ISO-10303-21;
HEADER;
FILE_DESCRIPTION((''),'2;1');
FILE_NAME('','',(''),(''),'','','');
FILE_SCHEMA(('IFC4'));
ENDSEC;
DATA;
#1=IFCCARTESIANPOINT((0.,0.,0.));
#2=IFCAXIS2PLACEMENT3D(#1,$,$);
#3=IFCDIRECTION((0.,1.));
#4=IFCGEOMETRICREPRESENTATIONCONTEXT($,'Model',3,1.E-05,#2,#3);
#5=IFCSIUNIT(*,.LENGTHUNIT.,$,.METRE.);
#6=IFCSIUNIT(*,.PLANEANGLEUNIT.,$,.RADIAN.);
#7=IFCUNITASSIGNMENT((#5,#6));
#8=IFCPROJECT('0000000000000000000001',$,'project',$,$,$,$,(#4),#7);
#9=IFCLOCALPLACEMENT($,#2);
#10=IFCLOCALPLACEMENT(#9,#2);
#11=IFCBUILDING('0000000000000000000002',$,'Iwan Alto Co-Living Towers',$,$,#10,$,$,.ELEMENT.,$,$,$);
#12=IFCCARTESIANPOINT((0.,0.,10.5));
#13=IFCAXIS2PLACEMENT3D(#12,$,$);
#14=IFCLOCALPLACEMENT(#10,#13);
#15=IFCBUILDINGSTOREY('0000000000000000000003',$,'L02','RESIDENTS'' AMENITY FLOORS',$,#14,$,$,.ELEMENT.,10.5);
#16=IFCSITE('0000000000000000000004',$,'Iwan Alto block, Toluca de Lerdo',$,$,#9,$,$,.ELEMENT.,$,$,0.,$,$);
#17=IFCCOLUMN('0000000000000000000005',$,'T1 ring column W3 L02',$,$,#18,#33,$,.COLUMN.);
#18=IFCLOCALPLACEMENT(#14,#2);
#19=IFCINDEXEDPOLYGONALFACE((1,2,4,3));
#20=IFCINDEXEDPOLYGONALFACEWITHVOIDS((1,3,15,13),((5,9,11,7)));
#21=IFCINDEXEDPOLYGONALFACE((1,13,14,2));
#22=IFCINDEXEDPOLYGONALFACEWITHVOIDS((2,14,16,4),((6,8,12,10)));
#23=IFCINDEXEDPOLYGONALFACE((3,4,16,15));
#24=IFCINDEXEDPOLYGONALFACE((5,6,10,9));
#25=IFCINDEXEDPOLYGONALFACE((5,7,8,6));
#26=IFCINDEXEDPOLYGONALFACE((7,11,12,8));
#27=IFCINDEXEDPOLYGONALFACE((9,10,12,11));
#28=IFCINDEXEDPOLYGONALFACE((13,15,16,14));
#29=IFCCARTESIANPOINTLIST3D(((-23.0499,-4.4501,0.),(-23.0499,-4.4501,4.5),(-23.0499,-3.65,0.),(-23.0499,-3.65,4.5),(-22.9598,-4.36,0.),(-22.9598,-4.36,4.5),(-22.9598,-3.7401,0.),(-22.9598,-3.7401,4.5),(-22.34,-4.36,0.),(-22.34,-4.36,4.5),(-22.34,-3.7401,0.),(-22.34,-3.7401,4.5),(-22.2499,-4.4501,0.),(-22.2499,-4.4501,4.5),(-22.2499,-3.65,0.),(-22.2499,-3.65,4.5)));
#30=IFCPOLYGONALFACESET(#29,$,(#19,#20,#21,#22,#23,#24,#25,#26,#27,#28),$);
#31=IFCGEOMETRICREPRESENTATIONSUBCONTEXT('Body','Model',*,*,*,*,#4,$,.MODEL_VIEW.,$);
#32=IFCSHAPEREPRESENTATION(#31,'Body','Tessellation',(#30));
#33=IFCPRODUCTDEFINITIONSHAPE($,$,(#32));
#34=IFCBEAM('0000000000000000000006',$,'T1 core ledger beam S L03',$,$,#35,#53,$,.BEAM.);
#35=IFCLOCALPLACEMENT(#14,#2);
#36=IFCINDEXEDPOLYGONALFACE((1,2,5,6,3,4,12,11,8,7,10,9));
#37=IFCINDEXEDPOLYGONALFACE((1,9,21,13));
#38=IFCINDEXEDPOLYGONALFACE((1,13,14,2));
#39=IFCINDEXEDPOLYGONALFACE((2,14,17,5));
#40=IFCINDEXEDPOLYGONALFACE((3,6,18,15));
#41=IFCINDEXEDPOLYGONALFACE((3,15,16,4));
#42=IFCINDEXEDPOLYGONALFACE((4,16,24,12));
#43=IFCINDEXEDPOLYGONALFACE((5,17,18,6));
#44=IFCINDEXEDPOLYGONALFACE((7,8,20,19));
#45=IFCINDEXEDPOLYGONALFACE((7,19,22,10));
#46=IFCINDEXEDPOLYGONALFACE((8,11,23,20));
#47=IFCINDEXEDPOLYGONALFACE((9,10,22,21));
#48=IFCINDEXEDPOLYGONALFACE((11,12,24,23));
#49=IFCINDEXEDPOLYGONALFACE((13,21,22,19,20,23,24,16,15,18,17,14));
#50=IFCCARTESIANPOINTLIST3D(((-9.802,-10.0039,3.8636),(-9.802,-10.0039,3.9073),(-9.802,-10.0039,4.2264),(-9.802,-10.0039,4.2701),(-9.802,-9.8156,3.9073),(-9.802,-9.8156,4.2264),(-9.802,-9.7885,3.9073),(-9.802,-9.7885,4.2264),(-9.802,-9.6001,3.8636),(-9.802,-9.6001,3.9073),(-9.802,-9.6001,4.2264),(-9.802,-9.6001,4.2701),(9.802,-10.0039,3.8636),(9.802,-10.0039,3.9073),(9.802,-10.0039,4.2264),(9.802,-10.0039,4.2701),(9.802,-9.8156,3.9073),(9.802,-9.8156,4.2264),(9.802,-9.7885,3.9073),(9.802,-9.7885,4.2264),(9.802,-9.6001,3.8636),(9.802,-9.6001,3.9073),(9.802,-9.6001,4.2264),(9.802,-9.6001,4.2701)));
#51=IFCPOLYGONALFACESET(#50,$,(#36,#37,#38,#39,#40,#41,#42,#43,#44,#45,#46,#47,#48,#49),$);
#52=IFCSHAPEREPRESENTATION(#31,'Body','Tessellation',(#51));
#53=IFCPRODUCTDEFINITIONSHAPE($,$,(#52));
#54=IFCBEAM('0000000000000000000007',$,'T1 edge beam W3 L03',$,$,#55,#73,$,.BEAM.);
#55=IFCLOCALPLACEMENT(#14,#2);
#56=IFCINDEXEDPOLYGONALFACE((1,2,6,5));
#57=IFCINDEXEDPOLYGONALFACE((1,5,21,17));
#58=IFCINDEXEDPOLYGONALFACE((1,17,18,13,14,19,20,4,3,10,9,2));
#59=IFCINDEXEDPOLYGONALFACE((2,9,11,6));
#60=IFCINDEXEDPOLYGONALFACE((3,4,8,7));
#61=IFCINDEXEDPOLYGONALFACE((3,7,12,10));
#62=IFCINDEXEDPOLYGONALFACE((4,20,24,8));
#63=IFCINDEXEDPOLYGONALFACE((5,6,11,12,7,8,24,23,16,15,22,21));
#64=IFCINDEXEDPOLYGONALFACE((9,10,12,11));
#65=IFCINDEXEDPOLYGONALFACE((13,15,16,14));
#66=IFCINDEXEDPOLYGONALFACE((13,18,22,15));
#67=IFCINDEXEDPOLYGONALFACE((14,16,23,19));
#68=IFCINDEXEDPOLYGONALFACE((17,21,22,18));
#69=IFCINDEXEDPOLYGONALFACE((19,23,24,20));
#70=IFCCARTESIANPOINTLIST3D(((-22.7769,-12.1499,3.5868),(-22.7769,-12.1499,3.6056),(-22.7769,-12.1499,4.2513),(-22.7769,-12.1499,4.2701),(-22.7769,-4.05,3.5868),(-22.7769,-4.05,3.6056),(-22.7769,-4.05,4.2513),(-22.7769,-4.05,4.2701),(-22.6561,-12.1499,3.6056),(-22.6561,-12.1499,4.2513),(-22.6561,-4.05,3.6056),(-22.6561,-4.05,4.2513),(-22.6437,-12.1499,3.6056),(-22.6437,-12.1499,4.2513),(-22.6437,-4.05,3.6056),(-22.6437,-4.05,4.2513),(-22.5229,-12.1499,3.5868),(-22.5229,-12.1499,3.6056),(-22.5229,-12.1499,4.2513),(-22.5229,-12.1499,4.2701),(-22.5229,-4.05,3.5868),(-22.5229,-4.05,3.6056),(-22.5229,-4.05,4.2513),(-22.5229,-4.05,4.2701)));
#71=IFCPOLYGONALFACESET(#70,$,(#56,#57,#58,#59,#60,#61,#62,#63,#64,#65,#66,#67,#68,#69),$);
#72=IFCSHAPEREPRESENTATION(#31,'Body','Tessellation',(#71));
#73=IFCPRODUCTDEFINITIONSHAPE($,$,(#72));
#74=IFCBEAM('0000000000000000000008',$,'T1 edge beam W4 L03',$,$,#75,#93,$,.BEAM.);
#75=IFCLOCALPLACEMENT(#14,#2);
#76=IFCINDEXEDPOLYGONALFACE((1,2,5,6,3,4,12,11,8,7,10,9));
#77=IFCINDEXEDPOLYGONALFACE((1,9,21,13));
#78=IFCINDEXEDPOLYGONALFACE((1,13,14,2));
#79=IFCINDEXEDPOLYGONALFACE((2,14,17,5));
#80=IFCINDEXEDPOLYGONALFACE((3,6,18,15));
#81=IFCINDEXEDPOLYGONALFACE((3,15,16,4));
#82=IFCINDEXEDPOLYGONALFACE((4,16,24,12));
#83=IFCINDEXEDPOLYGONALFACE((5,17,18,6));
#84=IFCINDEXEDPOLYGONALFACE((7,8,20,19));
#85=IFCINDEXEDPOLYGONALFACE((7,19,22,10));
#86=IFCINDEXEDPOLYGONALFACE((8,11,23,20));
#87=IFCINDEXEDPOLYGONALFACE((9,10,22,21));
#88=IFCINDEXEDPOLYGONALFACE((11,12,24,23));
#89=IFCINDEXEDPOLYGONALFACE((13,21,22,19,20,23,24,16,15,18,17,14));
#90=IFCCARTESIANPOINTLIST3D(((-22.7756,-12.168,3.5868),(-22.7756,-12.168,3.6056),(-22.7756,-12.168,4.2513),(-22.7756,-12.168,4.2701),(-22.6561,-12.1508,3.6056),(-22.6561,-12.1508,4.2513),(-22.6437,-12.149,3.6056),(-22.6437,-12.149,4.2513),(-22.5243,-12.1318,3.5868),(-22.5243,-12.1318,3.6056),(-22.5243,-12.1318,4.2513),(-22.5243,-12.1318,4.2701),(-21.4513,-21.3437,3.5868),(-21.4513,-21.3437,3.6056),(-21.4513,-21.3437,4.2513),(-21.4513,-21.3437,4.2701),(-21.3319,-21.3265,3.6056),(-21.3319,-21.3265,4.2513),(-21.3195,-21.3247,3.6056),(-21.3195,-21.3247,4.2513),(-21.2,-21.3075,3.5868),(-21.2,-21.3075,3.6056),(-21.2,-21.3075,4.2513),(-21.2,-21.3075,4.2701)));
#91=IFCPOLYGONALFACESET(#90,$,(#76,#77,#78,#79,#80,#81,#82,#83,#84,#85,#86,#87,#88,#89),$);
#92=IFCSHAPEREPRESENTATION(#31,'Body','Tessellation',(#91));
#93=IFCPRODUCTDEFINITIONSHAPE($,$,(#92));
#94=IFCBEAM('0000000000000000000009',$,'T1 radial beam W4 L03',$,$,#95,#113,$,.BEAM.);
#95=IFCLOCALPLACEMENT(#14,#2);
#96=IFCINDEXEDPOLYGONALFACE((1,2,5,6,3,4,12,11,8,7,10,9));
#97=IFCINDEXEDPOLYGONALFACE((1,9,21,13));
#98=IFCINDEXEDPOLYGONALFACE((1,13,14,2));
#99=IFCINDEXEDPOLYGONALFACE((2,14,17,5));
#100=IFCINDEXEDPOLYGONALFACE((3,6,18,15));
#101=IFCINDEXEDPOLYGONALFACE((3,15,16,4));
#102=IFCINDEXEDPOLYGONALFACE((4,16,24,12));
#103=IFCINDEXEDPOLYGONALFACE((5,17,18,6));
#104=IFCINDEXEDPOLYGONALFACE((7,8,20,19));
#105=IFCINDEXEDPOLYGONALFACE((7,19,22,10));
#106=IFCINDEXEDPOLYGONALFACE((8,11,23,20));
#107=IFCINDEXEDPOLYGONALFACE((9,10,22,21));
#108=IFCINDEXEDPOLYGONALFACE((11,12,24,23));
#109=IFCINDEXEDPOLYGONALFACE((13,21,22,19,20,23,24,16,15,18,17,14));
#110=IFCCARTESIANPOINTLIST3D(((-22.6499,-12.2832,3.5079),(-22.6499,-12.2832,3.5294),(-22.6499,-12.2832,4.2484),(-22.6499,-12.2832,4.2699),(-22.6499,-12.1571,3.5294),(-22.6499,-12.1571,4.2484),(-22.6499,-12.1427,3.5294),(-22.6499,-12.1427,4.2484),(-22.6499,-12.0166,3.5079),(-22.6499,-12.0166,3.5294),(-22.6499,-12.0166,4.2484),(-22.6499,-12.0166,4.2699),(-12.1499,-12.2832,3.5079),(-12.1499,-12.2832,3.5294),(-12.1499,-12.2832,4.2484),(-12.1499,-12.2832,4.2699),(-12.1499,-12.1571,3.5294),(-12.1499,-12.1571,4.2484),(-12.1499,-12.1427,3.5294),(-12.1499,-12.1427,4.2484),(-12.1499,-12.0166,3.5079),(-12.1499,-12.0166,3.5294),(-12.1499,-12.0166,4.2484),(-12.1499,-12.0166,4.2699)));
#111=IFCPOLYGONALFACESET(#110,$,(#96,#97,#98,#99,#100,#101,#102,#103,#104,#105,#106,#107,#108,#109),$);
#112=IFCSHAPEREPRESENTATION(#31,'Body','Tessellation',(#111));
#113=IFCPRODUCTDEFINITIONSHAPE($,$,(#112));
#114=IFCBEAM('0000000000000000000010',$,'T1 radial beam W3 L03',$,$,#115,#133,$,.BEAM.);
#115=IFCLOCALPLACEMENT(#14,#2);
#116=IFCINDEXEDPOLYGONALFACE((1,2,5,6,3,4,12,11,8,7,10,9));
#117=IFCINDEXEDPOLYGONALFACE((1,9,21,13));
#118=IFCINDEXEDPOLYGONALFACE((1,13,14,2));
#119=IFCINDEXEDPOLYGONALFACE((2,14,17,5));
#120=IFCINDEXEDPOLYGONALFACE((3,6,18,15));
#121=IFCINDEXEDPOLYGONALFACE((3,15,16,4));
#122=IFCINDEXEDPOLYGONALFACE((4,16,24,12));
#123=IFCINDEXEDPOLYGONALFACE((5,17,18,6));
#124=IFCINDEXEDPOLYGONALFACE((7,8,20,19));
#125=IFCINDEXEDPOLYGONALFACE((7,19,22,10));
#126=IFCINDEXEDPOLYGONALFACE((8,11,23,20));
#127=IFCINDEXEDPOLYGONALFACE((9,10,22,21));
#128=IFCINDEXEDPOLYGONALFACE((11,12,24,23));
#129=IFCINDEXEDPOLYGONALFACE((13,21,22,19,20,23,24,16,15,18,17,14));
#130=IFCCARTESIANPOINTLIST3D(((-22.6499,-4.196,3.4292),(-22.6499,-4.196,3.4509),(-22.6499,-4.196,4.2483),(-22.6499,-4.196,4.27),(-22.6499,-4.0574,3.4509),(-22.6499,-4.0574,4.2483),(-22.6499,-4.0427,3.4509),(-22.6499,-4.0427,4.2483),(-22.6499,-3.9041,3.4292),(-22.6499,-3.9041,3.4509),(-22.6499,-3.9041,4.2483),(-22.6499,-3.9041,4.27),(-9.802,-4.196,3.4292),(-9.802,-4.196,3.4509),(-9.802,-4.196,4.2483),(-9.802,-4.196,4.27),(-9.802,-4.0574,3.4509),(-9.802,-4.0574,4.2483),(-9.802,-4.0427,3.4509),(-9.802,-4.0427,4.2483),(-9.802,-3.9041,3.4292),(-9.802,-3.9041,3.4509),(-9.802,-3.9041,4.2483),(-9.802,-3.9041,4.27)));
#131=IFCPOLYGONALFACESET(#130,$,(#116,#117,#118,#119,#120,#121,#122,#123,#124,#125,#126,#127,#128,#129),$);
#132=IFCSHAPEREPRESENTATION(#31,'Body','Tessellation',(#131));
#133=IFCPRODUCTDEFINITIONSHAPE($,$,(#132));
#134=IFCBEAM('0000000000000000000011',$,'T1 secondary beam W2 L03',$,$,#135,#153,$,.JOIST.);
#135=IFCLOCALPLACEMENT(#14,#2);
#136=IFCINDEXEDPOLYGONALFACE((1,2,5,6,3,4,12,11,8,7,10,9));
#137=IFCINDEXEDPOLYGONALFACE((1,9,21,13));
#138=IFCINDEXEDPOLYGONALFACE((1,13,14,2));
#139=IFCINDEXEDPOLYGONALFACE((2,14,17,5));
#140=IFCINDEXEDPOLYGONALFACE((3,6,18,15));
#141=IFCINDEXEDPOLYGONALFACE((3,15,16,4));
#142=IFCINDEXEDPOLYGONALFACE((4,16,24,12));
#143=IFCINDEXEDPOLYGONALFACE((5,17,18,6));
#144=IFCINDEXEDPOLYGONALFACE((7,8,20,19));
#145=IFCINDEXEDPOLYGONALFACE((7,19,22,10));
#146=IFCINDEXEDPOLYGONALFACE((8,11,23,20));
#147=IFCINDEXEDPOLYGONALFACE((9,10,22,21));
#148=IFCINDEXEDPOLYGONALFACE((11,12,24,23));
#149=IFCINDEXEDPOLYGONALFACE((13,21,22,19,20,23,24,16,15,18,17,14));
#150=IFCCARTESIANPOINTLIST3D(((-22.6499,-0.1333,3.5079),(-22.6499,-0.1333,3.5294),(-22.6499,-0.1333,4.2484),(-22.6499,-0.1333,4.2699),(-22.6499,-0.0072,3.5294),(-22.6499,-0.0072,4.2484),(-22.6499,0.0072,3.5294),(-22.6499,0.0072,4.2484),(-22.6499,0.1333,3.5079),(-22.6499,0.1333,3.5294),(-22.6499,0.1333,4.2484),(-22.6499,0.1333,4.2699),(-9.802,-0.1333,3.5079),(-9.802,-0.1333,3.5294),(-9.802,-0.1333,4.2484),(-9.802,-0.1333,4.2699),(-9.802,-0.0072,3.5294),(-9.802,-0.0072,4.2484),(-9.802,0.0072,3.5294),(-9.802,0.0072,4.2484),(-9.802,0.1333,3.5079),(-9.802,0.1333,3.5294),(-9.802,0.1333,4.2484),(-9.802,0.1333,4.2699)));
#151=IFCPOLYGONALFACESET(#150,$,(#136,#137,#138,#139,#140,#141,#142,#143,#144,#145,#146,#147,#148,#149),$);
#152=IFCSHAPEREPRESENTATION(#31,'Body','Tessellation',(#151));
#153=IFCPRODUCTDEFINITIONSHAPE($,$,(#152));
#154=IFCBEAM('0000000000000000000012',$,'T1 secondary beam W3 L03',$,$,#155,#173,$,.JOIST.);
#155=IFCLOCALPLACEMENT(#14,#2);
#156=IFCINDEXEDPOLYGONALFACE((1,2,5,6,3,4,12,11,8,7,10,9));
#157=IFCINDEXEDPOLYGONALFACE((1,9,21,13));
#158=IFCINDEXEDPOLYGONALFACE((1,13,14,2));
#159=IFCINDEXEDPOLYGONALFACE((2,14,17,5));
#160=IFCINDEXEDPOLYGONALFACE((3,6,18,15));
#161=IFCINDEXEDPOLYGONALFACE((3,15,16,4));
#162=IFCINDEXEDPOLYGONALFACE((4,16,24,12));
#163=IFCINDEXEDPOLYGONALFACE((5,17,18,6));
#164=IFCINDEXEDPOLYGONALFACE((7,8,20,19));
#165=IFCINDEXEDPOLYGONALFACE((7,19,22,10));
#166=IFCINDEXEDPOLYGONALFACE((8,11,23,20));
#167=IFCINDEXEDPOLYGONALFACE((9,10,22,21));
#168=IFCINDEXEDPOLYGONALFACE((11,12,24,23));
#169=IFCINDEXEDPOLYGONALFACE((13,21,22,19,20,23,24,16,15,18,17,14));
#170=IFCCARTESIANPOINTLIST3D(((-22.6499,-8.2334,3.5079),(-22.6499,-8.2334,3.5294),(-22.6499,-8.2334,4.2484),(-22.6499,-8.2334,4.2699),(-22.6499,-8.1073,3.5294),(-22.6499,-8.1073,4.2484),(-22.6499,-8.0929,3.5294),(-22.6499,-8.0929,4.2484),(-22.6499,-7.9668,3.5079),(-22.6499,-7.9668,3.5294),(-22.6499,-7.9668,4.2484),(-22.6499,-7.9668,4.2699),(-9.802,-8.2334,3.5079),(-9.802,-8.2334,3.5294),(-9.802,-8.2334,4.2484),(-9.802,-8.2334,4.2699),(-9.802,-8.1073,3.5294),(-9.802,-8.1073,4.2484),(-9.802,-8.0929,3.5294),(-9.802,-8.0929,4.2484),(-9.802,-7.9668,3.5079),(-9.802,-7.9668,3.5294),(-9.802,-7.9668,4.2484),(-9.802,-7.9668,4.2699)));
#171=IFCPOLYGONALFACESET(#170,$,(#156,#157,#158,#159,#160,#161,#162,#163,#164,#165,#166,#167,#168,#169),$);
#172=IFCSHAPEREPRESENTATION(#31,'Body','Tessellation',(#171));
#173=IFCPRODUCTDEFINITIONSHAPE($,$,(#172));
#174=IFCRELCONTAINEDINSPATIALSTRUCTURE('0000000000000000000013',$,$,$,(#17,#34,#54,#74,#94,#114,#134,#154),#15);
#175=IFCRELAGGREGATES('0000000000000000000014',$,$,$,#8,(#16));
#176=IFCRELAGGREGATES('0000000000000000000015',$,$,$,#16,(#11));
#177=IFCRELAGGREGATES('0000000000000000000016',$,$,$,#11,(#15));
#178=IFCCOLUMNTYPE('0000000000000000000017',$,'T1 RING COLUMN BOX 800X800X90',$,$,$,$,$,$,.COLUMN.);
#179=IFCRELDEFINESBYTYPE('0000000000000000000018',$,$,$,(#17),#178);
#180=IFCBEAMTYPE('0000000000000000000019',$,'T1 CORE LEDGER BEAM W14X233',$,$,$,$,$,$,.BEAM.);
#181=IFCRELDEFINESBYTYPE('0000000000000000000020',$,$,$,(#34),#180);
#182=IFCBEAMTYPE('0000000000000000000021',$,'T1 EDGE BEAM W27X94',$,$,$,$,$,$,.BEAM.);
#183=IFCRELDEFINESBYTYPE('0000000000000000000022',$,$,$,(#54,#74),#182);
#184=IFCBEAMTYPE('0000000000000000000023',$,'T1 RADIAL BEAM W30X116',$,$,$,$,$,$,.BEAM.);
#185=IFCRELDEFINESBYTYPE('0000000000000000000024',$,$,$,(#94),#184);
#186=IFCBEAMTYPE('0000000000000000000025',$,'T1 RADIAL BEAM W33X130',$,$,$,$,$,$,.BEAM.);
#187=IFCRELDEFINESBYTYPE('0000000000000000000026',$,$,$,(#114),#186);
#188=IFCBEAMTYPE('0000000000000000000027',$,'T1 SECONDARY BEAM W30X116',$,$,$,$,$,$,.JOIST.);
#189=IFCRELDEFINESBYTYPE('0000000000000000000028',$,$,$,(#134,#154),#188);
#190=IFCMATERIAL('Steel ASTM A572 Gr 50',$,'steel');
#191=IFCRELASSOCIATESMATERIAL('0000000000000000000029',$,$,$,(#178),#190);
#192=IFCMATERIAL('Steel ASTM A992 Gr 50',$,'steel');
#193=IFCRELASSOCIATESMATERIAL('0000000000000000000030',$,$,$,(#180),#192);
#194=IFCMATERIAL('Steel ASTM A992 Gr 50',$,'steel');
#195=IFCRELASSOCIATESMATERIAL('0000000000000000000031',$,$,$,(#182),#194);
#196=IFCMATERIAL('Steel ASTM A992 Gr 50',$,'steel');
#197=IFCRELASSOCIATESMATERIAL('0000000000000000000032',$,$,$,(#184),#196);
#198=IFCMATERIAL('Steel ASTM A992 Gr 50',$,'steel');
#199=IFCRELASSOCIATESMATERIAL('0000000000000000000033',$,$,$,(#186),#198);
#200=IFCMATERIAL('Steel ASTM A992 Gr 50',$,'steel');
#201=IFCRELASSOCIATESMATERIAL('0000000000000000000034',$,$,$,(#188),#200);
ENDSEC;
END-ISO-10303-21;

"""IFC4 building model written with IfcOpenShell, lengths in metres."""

from ifc_helpers import new_model, si_unit, direction, frame, origin, origin_2d, place, context, subcontext, project, spatial, hollow_rectangle, i_section, extrude, material, material_profile, profile_set, type_object, element, save


model = new_model("IFC4")

# Units and contexts
model_context = context("Model", 3, precision=1e-05, world=origin(), true_north=direction((0.0, 1.0)))
body_context = subcontext(model_context, "Body", "Model", "MODEL_VIEW")
ifc_project = project(units=[si_unit("LENGTHUNIT", "METRE"), si_unit("PLANEANGLEUNIT", "RADIAN")], contexts=[model_context])

# Site, building, storey
site_placement = place(None, origin())
site = spatial("IfcSite", under=ifc_project, at=site_placement, Name="Iwan Alto block, Toluca de Lerdo", CompositionType="ELEMENT", RefElevation=0.0)
building_placement = place(site_placement, origin())
building = spatial("IfcBuilding", under=site, at=building_placement, Name="Iwan Alto Co-Living Towers", CompositionType="ELEMENT")
storey_placement = place(building_placement, frame((0.0, 0.0, 10.5)))
storey = spatial("IfcBuildingStorey", under=building, at=storey_placement, Name="L02", Description="RESIDENTS' AMENITY FLOORS", CompositionType="ELEMENT", Elevation=10.5)

# Column
ifc_material_1 = material(Name="Steel ASTM A572 Gr 50", Category="steel")
ifc_material_profile_1 = material_profile(ifc_material_1, hollow_rectangle(XDim=0.8, YDim=0.8, WallThickness=0.0901, at=origin_2d()), Name="BOX 800X800X90")
ifc_profile_set_1 = profile_set([ifc_material_profile_1], Name="Steel ASTM A572 Gr 50")
column_type = type_object("IfcColumnType", Name="T1 RING COLUMN BOX 800X800X90", PredefinedType="COLUMN", material=ifc_profile_set_1)
column_placement = place(storey_placement, frame((-22.6499, -4.05, 0.0), z_axis=(0.0, 0.0, 1.0), x_axis=(1.0, 0.0, 0.0)))
element("IfcColumn", 1, at=column_placement, inside=storey, type_object=column_type, Name="T1 ring column W3 L02", PredefinedType="COLUMN", context=body_context, shape_type="SweptSolid", body=[
    extrude(hollow_rectangle(XDim=0.8, YDim=0.8, WallThickness=0.0901, at=origin_2d()), origin(), (0.0, 0.0, 1.0), 4.5),
])

# Beams
ifc_material_2 = material(Name="Steel ASTM A992 Gr 50", Category="steel")
ifc_material_profile_2 = material_profile(ifc_material_2, i_section(OverallWidth=0.4038, OverallDepth=0.4065, WebThickness=0.0271, FlangeThickness=0.0437, at=origin_2d()), Name="W14X233")
ifc_profile_set_2 = profile_set([ifc_material_profile_2], Name="Steel ASTM A992 Gr 50")
beam_type_1 = type_object("IfcBeamType", Name="T1 CORE LEDGER BEAM W14X233", PredefinedType="BEAM", material=ifc_profile_set_2)
beam_1_placement = place(storey_placement, frame((-9.802, -9.802, 4.0669), z_axis=(1.0, 0.0, 0.0), x_axis=(0.0, 1.0, 0.0)))
element("IfcBeam", 2, at=beam_1_placement, inside=storey, type_object=beam_type_1, Name="T1 core ledger beam S L03", PredefinedType="BEAM", context=body_context, shape_type="SweptSolid", body=[
    extrude(i_section(OverallWidth=0.4038, OverallDepth=0.4065, WebThickness=0.0271, FlangeThickness=0.0437, at=origin_2d()), origin(), (0.0, 0.0, 1.0), 19.604),
])
ifc_material_3 = material(Name="Steel ASTM A992 Gr 50", Category="steel")
ifc_material_profile_3 = material_profile(ifc_material_3, i_section(OverallWidth=0.2539, OverallDepth=0.6833, WebThickness=0.0125, FlangeThickness=0.0188, at=origin_2d()), Name="W27X94")
ifc_profile_set_3 = profile_set([ifc_material_profile_3], Name="Steel ASTM A992 Gr 50")
beam_type_2 = type_object("IfcBeamType", Name="T1 EDGE BEAM W27X94", PredefinedType="BEAM", material=ifc_profile_set_3)
beam_2_placement = place(storey_placement, frame((-22.6499, -4.05, 3.9285), z_axis=(0.0, -1.0, 0.0), x_axis=(1.0, 0.0, 0.0)))
element("IfcBeam", 3, at=beam_2_placement, inside=storey, type_object=beam_type_2, Name="T1 edge beam W3 L03", PredefinedType="BEAM", context=body_context, shape_type="SweptSolid", body=[
    extrude(i_section(OverallWidth=0.2539, OverallDepth=0.6833, WebThickness=0.0125, FlangeThickness=0.0188, at=origin_2d()), origin(), (0.0, 0.0, 1.0), 8.0999),
])
beam_3_placement = place(storey_placement, frame((-22.6499, -12.1499, 3.9285), z_axis=(0.142837, -0.989746, 0.0), x_axis=(0.989746, 0.142837, 0.0)))
element("IfcBeam", 4, at=beam_3_placement, inside=storey, type_object=beam_type_2, Name="T1 edge beam W4 L03", PredefinedType="BEAM", context=body_context, shape_type="SweptSolid", body=[
    extrude(i_section(OverallWidth=0.2539, OverallDepth=0.6833, WebThickness=0.0125, FlangeThickness=0.0188, at=origin_2d()), origin(), (0.0, 0.0, 1.0), 9.2708),
])
ifc_material_4 = material(Name="Steel ASTM A992 Gr 50", Category="steel")
ifc_material_profile_4 = material_profile(ifc_material_4, i_section(OverallWidth=0.2666, OverallDepth=0.762, WebThickness=0.0144, FlangeThickness=0.0215, at=origin_2d()), Name="W30X116")
ifc_profile_set_4 = profile_set([ifc_material_profile_4], Name="Steel ASTM A992 Gr 50")
beam_type_3 = type_object("IfcBeamType", Name="T1 RADIAL BEAM W30X116", PredefinedType="BEAM", material=ifc_profile_set_4)
beam_4_placement = place(storey_placement, frame((-22.6499, -12.1499, 3.8889), z_axis=(1.0, 0.0, 0.0), x_axis=(0.0, 1.0, 0.0)))
element("IfcBeam", 5, at=beam_4_placement, inside=storey, type_object=beam_type_3, Name="T1 radial beam W4 L03", PredefinedType="BEAM", context=body_context, shape_type="SweptSolid", body=[
    extrude(i_section(OverallWidth=0.2666, OverallDepth=0.762, WebThickness=0.0144, FlangeThickness=0.0215, at=origin_2d()), origin(), (0.0, 0.0, 1.0), 10.5),
])
ifc_material_5 = material(Name="Steel ASTM A992 Gr 50", Category="steel")
ifc_material_profile_5 = material_profile(ifc_material_5, i_section(OverallWidth=0.292, OverallDepth=0.8408, WebThickness=0.0146, FlangeThickness=0.0217, at=origin_2d()), Name="W33X130")
ifc_profile_set_5 = profile_set([ifc_material_profile_5], Name="Steel ASTM A992 Gr 50")
beam_type_4 = type_object("IfcBeamType", Name="T1 RADIAL BEAM W33X130", PredefinedType="BEAM", material=ifc_profile_set_5)
beam_5_placement = place(storey_placement, frame((-22.6499, -4.05, 3.8496), z_axis=(1.0, 0.0, 0.0), x_axis=(0.0, 1.0, 0.0)))
element("IfcBeam", 6, at=beam_5_placement, inside=storey, type_object=beam_type_4, Name="T1 radial beam W3 L03", PredefinedType="BEAM", context=body_context, shape_type="SweptSolid", body=[
    extrude(i_section(OverallWidth=0.292, OverallDepth=0.8408, WebThickness=0.0146, FlangeThickness=0.0217, at=origin_2d()), origin(), (0.0, 0.0, 1.0), 12.8479),
])
ifc_material_6 = material(Name="Steel ASTM A992 Gr 50", Category="steel")
ifc_material_profile_6 = material_profile(ifc_material_6, i_section(OverallWidth=0.2666, OverallDepth=0.762, WebThickness=0.0144, FlangeThickness=0.0215, at=origin_2d()), Name="W30X116")
ifc_profile_set_6 = profile_set([ifc_material_profile_6], Name="Steel ASTM A992 Gr 50")
beam_type_5 = type_object("IfcBeamType", Name="T1 SECONDARY BEAM W30X116", PredefinedType="JOIST", material=ifc_profile_set_6)
for number, where, z_axis, x_axis, name in (
    (7, (-22.6499, 0.0, 3.8889), (1.0, 0.0, 0.0), (0.0, 1.0, 0.0), "T1 secondary beam W2 L03"),
    (8, (-22.6499, -8.1001, 3.8889), (1.0, 0.0, 0.0), (0.0, 1.0, 0.0), "T1 secondary beam W3 L03"),
):
    element("IfcBeam", number, at=place(storey_placement, frame(where, z_axis=z_axis, x_axis=x_axis)), inside=storey, type_object=beam_type_5, Name=name, PredefinedType="JOIST", context=body_context, shape_type="SweptSolid", body=[
        extrude(i_section(OverallWidth=0.2666, OverallDepth=0.762, WebThickness=0.0144, FlangeThickness=0.0215, at=origin_2d()), origin(), (0.0, 0.0, 1.0), 12.8479),
    ])

save(model, "model.ifc")
